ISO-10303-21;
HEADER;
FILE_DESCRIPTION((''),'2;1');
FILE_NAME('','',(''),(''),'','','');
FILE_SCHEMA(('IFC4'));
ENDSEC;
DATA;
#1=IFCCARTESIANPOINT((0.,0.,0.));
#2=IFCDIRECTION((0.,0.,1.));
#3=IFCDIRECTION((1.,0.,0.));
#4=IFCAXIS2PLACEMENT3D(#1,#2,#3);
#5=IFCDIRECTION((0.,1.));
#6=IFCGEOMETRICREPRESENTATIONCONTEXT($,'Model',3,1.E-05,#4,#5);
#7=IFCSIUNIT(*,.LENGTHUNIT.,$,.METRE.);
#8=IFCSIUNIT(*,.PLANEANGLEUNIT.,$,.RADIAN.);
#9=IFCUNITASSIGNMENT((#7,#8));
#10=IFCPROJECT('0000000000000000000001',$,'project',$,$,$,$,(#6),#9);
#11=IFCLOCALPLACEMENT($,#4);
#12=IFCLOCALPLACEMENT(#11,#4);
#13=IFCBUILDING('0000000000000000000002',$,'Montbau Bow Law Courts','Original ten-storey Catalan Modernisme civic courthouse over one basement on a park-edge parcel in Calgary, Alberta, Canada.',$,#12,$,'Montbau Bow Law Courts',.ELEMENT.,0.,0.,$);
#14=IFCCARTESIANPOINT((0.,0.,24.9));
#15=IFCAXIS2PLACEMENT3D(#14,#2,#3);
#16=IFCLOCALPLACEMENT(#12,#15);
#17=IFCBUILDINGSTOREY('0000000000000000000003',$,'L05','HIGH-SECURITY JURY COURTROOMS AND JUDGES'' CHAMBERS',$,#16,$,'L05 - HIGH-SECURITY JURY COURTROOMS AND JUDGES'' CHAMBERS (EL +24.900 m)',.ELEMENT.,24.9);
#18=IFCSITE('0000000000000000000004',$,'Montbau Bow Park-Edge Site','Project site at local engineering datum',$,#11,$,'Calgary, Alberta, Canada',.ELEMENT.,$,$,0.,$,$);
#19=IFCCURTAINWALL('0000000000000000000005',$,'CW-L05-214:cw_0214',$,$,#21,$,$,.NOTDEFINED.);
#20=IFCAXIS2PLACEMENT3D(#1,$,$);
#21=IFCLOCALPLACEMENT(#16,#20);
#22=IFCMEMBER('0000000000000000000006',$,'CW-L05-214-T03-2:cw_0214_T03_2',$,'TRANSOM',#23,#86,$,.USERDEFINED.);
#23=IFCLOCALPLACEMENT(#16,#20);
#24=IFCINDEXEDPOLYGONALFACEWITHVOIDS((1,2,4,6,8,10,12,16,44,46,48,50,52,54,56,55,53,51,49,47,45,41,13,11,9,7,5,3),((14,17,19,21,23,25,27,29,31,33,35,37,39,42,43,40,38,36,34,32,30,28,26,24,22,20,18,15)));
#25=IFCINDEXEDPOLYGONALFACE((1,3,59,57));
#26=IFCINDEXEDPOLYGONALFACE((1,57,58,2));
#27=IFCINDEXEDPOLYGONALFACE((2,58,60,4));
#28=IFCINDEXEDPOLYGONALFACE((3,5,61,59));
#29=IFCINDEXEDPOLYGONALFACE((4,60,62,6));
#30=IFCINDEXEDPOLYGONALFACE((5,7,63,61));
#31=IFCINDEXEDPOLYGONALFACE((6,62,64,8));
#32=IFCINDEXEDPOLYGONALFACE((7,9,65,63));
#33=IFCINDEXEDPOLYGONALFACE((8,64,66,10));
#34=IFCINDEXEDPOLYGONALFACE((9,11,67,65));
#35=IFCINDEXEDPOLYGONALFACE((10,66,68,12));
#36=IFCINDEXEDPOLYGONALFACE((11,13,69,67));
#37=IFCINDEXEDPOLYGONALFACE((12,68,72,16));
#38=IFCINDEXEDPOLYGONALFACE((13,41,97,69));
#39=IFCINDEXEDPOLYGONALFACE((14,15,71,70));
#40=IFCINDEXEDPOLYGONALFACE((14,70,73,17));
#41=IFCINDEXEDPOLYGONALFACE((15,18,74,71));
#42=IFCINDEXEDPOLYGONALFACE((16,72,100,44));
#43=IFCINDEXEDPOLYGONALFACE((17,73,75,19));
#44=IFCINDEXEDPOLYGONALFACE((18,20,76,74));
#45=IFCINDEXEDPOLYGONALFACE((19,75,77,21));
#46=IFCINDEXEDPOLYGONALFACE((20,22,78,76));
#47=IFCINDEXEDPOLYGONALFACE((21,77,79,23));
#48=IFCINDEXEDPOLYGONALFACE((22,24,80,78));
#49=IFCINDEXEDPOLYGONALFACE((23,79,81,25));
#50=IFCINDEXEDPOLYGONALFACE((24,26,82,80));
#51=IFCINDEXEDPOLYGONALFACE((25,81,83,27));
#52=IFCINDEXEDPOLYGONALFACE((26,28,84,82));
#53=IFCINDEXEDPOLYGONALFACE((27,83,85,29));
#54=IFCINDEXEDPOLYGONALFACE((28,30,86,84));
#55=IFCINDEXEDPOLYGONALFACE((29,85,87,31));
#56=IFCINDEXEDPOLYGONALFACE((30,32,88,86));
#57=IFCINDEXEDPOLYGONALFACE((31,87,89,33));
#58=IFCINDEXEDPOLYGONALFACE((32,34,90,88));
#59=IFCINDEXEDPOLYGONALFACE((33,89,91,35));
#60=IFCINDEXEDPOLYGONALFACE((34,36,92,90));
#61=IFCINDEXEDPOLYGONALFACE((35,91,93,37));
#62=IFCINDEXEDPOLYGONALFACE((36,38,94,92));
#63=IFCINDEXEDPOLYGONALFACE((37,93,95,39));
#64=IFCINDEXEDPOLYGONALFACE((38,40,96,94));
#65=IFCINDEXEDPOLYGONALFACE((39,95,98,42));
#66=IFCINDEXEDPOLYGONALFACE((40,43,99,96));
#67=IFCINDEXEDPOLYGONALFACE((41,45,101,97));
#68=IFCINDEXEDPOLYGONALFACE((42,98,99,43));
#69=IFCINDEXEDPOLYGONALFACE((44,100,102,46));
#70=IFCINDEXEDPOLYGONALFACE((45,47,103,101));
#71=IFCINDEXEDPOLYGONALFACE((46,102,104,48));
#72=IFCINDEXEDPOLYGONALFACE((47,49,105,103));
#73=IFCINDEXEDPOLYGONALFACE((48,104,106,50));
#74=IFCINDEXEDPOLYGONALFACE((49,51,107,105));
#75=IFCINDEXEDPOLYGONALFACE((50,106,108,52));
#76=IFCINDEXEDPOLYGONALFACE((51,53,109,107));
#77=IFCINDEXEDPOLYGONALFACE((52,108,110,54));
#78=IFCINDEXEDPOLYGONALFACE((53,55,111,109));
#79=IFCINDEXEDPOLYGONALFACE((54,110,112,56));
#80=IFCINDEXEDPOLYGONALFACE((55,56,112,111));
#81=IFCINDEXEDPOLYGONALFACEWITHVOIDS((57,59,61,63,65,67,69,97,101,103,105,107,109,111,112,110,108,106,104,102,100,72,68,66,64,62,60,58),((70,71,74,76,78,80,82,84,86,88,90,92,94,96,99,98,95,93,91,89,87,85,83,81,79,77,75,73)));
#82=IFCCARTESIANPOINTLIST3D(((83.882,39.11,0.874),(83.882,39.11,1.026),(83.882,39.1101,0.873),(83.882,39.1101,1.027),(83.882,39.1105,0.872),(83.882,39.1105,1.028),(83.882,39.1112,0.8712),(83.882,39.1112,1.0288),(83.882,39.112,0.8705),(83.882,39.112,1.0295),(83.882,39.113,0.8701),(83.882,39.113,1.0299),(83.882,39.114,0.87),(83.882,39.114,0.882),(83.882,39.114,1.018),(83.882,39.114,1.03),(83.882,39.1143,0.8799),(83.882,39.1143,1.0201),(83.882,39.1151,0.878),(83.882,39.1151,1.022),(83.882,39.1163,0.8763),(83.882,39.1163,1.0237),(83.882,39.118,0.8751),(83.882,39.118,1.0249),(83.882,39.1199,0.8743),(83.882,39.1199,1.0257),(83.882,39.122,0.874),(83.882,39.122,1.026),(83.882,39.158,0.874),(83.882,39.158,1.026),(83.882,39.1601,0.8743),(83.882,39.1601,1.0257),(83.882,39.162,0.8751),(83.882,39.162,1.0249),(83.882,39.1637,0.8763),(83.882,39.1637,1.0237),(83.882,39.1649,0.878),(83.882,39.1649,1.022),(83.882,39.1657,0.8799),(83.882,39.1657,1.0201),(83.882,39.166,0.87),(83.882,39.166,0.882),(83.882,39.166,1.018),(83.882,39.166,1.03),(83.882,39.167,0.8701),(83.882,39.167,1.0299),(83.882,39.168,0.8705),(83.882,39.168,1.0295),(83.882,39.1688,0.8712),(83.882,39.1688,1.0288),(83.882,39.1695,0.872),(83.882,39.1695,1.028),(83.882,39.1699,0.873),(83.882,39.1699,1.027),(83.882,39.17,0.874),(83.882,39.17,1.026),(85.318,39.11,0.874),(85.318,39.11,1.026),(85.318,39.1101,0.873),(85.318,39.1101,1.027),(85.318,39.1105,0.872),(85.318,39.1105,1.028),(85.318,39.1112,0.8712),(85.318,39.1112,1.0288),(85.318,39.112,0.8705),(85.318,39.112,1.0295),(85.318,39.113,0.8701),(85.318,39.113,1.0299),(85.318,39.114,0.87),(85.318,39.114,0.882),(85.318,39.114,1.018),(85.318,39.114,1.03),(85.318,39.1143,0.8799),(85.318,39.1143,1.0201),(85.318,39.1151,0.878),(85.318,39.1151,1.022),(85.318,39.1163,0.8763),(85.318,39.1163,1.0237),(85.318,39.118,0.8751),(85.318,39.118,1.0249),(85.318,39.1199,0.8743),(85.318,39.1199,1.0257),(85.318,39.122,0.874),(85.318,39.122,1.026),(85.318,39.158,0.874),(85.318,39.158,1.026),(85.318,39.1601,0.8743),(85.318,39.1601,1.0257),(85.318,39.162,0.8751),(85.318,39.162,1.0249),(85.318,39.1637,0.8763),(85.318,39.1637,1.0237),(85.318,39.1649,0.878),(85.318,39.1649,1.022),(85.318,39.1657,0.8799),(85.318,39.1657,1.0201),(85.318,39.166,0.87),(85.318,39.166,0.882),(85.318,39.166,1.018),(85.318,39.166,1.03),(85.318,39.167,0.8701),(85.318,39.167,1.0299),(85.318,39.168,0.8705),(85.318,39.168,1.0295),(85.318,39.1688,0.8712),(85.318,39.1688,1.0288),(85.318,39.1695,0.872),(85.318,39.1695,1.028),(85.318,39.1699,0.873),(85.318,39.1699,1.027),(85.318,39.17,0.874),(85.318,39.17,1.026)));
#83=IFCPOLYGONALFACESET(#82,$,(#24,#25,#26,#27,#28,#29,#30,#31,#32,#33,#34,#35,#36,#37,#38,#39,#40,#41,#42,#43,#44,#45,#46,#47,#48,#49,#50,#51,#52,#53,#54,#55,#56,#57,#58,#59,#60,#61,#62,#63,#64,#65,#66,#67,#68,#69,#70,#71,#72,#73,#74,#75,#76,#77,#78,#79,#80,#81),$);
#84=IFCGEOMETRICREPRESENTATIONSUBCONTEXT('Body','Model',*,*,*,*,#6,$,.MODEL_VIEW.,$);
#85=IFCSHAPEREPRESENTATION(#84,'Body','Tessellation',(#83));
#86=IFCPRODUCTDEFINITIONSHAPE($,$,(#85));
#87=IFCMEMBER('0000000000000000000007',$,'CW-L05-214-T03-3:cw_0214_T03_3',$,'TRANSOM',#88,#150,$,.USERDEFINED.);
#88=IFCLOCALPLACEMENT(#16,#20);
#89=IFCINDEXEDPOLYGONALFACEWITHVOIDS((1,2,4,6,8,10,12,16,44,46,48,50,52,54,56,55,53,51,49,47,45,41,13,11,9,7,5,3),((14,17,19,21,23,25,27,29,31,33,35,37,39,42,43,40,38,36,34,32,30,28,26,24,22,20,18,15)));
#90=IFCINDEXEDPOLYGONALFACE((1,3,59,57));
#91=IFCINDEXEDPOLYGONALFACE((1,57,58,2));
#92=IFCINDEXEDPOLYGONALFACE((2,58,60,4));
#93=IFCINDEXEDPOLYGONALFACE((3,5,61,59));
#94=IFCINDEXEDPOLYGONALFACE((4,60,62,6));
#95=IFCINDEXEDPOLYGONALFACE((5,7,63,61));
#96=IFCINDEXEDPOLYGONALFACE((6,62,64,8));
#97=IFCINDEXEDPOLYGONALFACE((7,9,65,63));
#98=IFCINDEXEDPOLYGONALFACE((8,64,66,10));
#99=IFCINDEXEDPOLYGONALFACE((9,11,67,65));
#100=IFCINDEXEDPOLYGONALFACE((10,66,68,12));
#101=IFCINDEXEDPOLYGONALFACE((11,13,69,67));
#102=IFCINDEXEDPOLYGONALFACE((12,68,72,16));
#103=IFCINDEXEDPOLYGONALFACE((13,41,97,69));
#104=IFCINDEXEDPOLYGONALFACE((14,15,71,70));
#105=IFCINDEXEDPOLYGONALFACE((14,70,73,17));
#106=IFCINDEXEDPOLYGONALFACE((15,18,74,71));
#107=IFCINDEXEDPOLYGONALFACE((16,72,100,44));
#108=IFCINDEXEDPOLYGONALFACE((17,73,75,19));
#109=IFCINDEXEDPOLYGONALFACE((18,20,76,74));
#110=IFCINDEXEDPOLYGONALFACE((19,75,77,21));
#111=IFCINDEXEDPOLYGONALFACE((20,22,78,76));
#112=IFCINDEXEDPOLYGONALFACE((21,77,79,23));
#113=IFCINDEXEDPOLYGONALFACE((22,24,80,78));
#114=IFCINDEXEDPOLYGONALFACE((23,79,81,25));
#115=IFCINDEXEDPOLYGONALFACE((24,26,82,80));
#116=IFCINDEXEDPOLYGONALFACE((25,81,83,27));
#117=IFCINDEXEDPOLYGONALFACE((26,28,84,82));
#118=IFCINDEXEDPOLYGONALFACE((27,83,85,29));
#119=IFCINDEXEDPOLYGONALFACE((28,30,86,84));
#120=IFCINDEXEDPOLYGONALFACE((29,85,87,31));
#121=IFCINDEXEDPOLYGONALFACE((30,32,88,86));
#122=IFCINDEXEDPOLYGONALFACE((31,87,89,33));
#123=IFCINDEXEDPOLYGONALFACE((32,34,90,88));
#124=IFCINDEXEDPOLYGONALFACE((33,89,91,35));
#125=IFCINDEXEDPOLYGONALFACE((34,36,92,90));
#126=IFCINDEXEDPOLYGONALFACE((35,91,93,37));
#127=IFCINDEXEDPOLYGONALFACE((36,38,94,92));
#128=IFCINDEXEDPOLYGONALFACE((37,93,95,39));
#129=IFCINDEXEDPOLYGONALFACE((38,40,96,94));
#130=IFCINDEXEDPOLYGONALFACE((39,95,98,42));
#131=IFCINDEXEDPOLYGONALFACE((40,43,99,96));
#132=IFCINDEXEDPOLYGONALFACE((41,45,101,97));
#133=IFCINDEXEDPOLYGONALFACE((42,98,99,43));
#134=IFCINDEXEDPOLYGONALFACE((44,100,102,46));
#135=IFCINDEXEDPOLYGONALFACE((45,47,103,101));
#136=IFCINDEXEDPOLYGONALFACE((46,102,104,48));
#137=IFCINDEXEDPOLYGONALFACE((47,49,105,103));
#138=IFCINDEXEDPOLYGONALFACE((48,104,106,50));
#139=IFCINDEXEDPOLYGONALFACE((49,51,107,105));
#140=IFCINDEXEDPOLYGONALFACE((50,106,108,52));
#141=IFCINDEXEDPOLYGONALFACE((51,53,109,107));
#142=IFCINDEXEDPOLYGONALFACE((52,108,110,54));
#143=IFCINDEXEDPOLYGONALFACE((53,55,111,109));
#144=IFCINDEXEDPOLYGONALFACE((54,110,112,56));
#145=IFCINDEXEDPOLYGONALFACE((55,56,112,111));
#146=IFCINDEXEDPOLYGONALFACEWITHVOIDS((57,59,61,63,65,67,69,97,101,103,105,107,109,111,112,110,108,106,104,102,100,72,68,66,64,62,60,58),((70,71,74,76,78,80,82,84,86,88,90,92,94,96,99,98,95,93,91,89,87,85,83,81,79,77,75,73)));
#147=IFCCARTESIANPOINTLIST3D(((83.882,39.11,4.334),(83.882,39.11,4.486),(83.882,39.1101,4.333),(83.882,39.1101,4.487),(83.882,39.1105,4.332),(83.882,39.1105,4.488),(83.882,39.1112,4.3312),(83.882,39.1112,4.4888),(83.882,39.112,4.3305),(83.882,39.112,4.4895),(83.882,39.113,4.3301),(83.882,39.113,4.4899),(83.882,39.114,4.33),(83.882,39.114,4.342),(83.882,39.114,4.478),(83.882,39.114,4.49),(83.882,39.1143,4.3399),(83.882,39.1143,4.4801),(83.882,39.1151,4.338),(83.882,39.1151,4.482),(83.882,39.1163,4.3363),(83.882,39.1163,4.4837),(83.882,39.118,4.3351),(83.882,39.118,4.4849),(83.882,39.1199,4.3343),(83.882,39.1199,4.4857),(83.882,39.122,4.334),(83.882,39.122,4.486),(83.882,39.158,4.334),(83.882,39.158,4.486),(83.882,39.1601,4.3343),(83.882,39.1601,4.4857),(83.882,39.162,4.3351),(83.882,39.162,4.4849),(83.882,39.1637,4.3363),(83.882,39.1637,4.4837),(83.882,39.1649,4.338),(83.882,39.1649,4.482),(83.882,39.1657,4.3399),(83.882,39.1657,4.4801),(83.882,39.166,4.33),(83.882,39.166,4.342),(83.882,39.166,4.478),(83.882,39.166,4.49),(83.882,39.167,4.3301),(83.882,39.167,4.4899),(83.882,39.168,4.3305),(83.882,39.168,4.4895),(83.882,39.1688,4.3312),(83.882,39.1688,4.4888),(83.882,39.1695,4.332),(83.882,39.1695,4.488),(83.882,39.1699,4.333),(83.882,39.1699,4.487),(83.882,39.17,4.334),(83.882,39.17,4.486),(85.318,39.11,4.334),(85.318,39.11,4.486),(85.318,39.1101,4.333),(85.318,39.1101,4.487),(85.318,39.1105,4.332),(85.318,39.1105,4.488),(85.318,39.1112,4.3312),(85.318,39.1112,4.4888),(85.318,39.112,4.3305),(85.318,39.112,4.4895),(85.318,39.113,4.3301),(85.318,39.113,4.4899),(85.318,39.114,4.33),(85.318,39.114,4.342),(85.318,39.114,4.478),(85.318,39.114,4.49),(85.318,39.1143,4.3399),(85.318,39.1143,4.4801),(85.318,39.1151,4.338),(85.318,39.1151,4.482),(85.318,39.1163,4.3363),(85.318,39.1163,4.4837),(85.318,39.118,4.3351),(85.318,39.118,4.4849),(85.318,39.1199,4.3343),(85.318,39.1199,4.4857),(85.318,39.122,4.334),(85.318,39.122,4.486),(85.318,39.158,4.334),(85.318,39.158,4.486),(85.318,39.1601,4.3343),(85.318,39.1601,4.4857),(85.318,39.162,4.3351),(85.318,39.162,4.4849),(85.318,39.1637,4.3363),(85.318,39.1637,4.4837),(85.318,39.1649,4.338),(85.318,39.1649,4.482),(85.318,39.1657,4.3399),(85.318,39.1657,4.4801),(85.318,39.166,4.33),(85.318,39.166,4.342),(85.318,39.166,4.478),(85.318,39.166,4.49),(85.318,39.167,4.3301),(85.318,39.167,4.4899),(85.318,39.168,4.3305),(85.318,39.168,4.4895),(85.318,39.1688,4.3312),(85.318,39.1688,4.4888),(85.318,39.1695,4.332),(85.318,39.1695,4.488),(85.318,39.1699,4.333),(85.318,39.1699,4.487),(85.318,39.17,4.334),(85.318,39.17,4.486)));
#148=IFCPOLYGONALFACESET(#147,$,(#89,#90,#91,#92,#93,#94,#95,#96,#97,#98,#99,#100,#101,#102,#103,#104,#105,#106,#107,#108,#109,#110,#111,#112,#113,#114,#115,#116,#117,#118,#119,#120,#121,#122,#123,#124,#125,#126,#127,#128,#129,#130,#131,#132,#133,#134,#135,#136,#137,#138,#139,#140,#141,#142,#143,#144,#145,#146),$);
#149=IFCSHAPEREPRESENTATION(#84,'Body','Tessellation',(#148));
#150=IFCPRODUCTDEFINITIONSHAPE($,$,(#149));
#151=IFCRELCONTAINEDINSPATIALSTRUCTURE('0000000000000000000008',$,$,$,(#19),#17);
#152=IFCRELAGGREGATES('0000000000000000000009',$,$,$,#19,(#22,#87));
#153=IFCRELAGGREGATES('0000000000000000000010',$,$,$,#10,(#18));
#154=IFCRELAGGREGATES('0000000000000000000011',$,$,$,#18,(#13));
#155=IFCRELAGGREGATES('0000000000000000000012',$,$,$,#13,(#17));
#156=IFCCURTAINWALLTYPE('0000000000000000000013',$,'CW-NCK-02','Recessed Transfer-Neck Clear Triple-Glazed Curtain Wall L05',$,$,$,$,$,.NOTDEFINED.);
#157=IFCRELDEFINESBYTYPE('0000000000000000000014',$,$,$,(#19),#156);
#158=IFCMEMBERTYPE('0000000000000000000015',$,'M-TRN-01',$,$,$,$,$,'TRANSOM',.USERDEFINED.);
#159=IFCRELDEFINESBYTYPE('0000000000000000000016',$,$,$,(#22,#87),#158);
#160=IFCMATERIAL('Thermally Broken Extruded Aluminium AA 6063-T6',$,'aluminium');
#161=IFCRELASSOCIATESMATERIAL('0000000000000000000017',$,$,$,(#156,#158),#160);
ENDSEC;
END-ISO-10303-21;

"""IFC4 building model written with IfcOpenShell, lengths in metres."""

from ifc_helpers import new_model, si_unit, direction, frame, origin_with_axes, origin_2d_with_axis, place, context, subcontext, project, spatial, hollow_rectangle, extrude, material, material_profile, profile_set, type_object, element, aggregate, save


model = new_model("IFC4")

# Units and contexts
model_context = context("Model", 3, precision=1e-05, world=origin_with_axes(), true_north=direction((0.0, 1.0)))
body_context = subcontext(model_context, "Body", "Model", "MODEL_VIEW")
ifc_project = project(units=[si_unit("LENGTHUNIT", "METRE"), si_unit("PLANEANGLEUNIT", "RADIAN")], contexts=[model_context])

# Site, building, storey
site_placement = place(None, origin_with_axes())
site = spatial("IfcSite", under=ifc_project, at=site_placement, Name="Montbau Bow Park-Edge Site", Description="Project site at local engineering datum", LongName="Calgary, Alberta, Canada", CompositionType="ELEMENT", RefElevation=0.0)
building_placement = place(site_placement, origin_with_axes())
building = spatial("IfcBuilding", under=site, at=building_placement, Name="Montbau Bow Law Courts", Description="Original ten-storey Catalan Modernisme civic courthouse over one basement on a park-edge parcel in Calgary, Alberta, Canada.", LongName="Montbau Bow Law Courts", CompositionType="ELEMENT", ElevationOfRefHeight=0.0, ElevationOfTerrain=0.0)
storey_placement = place(building_placement, frame((0.0, 0.0, 24.9), z_axis=(0.0, 0.0, 1.0), x_axis=(1.0, 0.0, 0.0)))
storey = spatial("IfcBuildingStorey", under=building, at=storey_placement, Name="L05", Description="HIGH-SECURITY JURY COURTROOMS AND JUDGES' CHAMBERS", LongName="L05 - HIGH-SECURITY JURY COURTROOMS AND JUDGES' CHAMBERS (EL +24.900 m)", CompositionType="ELEMENT", Elevation=24.9)

# Curtain wall, members
ifc_material_1 = material(Name="Thermally Broken Extruded Aluminium AA 6063-T6", Category="aluminium")
curtain_wall_type = type_object("IfcCurtainWallType", Name="CW-NCK-02", Description="Recessed Transfer-Neck Clear Triple-Glazed Curtain Wall L05", PredefinedType="NOTDEFINED", material=ifc_material_1)
curtain_wall_placement = place(None, frame((80.84, 39.14, 24.9), z_axis=(0.0, 0.0, 1.0), x_axis=(1.0, 0.0, 0.0)))
curtain_wall = element("IfcCurtainWall", 1, at=curtain_wall_placement, inside=storey, type_object=curtain_wall_type, Name="CW-L05-214:cw_0214", PredefinedType="NOTDEFINED")
ifc_material_profile_1 = material_profile(ifc_material_1, hollow_rectangle(XDim=0.06, YDim=0.16, WallThickness=0.004, InnerFilletRadius=0.008, OuterFilletRadius=0.004, at=origin_2d_with_axis()), Name="CWT-160X60", Category="Main", Priority=0)
ifc_profile_set_1 = profile_set([ifc_material_profile_1], Name="Thermally Broken Extruded Aluminium AA 6063-T6")
member_type_1 = type_object("IfcMemberType", Name="M-TRN-01", ElementType="TRANSOM", PredefinedType="USERDEFINED", material=ifc_profile_set_1)
member_1_placement = place(None, frame((83.882, 39.14, 25.85), z_axis=(1.0, 0.0, 0.0), x_axis=(0.0, 1.0, 0.0)))
member_1 = element("IfcMember", 2, at=member_1_placement, type_object=member_type_1, Name="CW-L05-214-T03-2:cw_0214_T03_2", ObjectType="TRANSOM", PredefinedType="USERDEFINED", context=body_context, shape_type="SweptSolid", body=[
    extrude(hollow_rectangle(XDim=0.06, YDim=0.16, WallThickness=0.004, InnerFilletRadius=0.008, OuterFilletRadius=0.004, at=origin_2d_with_axis()), origin_with_axes(), (0.0, 0.0, 1.0), 1.436),
])
member_2_placement = place(None, frame((83.882, 39.14, 29.31), z_axis=(1.0, 0.0, 0.0), x_axis=(0.0, 1.0, 0.0)))
member_2 = element("IfcMember", 3, at=member_2_placement, type_object=member_type_1, Name="CW-L05-214-T03-3:cw_0214_T03_3", ObjectType="TRANSOM", PredefinedType="USERDEFINED", context=body_context, shape_type="SweptSolid", body=[
    extrude(hollow_rectangle(XDim=0.06, YDim=0.16, WallThickness=0.004, InnerFilletRadius=0.008, OuterFilletRadius=0.004, at=origin_2d_with_axis()), origin_with_axes(), (0.0, 0.0, 1.0), 1.436),
])
aggregate(curtain_wall, [member_1, member_2])

save(model, "model.ifc")
